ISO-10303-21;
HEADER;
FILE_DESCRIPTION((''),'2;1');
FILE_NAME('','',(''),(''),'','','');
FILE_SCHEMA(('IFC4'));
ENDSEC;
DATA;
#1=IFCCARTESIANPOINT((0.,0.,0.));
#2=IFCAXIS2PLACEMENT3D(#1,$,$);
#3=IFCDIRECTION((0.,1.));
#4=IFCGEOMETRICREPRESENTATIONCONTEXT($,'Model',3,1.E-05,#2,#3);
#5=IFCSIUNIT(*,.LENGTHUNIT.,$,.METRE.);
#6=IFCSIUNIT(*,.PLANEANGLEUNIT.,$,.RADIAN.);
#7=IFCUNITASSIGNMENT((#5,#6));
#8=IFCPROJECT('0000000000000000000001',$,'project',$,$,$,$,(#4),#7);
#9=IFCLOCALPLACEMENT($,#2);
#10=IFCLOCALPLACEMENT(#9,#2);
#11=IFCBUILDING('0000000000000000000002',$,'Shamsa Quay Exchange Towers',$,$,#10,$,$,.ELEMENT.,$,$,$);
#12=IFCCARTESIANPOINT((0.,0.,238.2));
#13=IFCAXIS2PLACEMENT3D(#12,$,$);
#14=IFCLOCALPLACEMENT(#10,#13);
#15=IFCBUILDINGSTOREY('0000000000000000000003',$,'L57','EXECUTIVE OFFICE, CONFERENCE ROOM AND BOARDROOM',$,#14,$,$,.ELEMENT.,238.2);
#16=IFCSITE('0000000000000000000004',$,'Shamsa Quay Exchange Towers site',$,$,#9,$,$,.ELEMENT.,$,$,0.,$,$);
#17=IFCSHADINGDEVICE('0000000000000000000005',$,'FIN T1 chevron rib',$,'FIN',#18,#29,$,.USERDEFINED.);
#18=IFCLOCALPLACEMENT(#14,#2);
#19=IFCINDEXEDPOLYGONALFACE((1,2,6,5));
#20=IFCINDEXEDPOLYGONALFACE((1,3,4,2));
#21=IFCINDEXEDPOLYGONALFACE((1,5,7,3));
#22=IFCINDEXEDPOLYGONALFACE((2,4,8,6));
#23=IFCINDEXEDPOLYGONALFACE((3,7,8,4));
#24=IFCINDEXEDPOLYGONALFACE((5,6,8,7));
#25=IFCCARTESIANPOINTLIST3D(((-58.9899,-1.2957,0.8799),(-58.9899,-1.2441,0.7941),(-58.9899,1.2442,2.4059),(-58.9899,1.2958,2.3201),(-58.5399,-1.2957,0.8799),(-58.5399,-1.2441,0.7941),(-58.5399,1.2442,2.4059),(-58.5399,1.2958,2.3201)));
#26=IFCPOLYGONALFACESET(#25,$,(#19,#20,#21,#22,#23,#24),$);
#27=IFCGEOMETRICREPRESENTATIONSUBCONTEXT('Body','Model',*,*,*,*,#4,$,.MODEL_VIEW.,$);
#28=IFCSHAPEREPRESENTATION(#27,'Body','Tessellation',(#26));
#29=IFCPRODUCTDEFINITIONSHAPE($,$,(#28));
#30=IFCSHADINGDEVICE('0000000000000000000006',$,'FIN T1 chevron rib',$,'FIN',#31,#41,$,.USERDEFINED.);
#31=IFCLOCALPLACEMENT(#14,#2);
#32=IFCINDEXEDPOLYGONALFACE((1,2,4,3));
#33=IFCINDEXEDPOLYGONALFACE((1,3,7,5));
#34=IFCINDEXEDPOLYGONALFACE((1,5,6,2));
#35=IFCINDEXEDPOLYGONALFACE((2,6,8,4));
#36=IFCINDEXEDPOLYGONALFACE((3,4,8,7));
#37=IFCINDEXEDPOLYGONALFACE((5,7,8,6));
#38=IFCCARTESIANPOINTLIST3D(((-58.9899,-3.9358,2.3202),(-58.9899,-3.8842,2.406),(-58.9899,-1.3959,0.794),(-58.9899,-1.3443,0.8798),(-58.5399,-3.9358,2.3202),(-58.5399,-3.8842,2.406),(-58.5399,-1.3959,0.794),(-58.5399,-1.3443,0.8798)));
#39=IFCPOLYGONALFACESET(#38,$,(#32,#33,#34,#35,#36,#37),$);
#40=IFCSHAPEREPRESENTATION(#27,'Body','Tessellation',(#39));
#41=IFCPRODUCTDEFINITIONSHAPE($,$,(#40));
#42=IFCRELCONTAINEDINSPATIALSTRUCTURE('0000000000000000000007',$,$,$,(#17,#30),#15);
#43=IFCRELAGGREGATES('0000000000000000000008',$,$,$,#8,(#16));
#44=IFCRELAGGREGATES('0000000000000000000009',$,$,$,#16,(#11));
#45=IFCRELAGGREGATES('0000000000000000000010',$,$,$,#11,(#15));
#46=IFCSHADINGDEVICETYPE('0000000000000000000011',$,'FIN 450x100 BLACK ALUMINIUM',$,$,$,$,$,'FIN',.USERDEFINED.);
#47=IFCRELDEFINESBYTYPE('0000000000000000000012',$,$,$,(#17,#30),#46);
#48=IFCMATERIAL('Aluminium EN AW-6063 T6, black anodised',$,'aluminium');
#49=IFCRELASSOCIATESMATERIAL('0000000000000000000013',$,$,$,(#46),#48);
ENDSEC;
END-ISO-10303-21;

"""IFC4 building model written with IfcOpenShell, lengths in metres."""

from ifc_helpers import new_model, si_unit, direction, frame, origin, origin_2d, place, context, subcontext, project, spatial, rectangle, extrude, material, material_profile, profile_set, type_object, element, save


model = new_model("IFC4")

# Units and contexts
model_context = context("Model", 3, precision=1e-05, world=origin(), true_north=direction((0.0, 1.0)))
body_context = subcontext(model_context, "Body", "Model", "MODEL_VIEW")
ifc_project = project(units=[si_unit("LENGTHUNIT", "METRE"), si_unit("PLANEANGLEUNIT", "RADIAN")], contexts=[model_context])

# Site, building, storey
site_placement = place(None, origin())
site = spatial("IfcSite", under=ifc_project, at=site_placement, Name="Shamsa Quay Exchange Towers site", CompositionType="ELEMENT", RefElevation=0.0)
building_placement = place(site_placement, origin())
building = spatial("IfcBuilding", under=site, at=building_placement, Name="Shamsa Quay Exchange Towers", CompositionType="ELEMENT")
storey_placement = place(building_placement, frame((0.0, 0.0, 238.2)))
storey = spatial("IfcBuildingStorey", under=building, at=storey_placement, Name="L57", Description="EXECUTIVE OFFICE, CONFERENCE ROOM AND BOARDROOM", CompositionType="ELEMENT", Elevation=238.2)

# Shared definitions
ifc_material_1 = material(Name="Aluminium EN AW-6063 T6, black anodised", Category="aluminium")

# Shading devices
ifc_material_profile_1 = material_profile(ifc_material_1, rectangle(XDim=0.45, YDim=0.1001, at=origin_2d()), Name="FIN450x100")
ifc_profile_set_1 = profile_set([ifc_material_profile_1], Name="Aluminium EN AW-6063 T6, black anodised")
shading_device_type = type_object("IfcShadingDeviceType", Name="FIN 450x100 BLACK ALUMINIUM", ElementType="FIN", PredefinedType="USERDEFINED", material=ifc_profile_set_1)
for number, where, z_axis, x_axis, name in (
    (1, (-58.7649, 1.27, 2.363), (0.0, -0.85718, -0.515017), (1.0, 0.0, 0.0), "FIN T1 chevron rib"),
    (2, (-58.7649, -1.3701, 0.8369), (0.0, -0.857158, 0.515053), (1.0, 0.0, 0.0), "FIN T1 chevron rib"),
):
    element("IfcShadingDevice", number, at=place(storey_placement, frame(where, z_axis=z_axis, x_axis=x_axis)), inside=storey, type_object=shading_device_type, Name=name, ObjectType="FIN", PredefinedType="USERDEFINED", context=body_context, shape_type="SweptSolid", body=[
        extrude(rectangle(XDim=0.45, YDim=0.1001, at=origin_2d()), origin(), (0.0, 0.0, 1.0), 2.9631),
    ])

save(model, "model.ifc")
